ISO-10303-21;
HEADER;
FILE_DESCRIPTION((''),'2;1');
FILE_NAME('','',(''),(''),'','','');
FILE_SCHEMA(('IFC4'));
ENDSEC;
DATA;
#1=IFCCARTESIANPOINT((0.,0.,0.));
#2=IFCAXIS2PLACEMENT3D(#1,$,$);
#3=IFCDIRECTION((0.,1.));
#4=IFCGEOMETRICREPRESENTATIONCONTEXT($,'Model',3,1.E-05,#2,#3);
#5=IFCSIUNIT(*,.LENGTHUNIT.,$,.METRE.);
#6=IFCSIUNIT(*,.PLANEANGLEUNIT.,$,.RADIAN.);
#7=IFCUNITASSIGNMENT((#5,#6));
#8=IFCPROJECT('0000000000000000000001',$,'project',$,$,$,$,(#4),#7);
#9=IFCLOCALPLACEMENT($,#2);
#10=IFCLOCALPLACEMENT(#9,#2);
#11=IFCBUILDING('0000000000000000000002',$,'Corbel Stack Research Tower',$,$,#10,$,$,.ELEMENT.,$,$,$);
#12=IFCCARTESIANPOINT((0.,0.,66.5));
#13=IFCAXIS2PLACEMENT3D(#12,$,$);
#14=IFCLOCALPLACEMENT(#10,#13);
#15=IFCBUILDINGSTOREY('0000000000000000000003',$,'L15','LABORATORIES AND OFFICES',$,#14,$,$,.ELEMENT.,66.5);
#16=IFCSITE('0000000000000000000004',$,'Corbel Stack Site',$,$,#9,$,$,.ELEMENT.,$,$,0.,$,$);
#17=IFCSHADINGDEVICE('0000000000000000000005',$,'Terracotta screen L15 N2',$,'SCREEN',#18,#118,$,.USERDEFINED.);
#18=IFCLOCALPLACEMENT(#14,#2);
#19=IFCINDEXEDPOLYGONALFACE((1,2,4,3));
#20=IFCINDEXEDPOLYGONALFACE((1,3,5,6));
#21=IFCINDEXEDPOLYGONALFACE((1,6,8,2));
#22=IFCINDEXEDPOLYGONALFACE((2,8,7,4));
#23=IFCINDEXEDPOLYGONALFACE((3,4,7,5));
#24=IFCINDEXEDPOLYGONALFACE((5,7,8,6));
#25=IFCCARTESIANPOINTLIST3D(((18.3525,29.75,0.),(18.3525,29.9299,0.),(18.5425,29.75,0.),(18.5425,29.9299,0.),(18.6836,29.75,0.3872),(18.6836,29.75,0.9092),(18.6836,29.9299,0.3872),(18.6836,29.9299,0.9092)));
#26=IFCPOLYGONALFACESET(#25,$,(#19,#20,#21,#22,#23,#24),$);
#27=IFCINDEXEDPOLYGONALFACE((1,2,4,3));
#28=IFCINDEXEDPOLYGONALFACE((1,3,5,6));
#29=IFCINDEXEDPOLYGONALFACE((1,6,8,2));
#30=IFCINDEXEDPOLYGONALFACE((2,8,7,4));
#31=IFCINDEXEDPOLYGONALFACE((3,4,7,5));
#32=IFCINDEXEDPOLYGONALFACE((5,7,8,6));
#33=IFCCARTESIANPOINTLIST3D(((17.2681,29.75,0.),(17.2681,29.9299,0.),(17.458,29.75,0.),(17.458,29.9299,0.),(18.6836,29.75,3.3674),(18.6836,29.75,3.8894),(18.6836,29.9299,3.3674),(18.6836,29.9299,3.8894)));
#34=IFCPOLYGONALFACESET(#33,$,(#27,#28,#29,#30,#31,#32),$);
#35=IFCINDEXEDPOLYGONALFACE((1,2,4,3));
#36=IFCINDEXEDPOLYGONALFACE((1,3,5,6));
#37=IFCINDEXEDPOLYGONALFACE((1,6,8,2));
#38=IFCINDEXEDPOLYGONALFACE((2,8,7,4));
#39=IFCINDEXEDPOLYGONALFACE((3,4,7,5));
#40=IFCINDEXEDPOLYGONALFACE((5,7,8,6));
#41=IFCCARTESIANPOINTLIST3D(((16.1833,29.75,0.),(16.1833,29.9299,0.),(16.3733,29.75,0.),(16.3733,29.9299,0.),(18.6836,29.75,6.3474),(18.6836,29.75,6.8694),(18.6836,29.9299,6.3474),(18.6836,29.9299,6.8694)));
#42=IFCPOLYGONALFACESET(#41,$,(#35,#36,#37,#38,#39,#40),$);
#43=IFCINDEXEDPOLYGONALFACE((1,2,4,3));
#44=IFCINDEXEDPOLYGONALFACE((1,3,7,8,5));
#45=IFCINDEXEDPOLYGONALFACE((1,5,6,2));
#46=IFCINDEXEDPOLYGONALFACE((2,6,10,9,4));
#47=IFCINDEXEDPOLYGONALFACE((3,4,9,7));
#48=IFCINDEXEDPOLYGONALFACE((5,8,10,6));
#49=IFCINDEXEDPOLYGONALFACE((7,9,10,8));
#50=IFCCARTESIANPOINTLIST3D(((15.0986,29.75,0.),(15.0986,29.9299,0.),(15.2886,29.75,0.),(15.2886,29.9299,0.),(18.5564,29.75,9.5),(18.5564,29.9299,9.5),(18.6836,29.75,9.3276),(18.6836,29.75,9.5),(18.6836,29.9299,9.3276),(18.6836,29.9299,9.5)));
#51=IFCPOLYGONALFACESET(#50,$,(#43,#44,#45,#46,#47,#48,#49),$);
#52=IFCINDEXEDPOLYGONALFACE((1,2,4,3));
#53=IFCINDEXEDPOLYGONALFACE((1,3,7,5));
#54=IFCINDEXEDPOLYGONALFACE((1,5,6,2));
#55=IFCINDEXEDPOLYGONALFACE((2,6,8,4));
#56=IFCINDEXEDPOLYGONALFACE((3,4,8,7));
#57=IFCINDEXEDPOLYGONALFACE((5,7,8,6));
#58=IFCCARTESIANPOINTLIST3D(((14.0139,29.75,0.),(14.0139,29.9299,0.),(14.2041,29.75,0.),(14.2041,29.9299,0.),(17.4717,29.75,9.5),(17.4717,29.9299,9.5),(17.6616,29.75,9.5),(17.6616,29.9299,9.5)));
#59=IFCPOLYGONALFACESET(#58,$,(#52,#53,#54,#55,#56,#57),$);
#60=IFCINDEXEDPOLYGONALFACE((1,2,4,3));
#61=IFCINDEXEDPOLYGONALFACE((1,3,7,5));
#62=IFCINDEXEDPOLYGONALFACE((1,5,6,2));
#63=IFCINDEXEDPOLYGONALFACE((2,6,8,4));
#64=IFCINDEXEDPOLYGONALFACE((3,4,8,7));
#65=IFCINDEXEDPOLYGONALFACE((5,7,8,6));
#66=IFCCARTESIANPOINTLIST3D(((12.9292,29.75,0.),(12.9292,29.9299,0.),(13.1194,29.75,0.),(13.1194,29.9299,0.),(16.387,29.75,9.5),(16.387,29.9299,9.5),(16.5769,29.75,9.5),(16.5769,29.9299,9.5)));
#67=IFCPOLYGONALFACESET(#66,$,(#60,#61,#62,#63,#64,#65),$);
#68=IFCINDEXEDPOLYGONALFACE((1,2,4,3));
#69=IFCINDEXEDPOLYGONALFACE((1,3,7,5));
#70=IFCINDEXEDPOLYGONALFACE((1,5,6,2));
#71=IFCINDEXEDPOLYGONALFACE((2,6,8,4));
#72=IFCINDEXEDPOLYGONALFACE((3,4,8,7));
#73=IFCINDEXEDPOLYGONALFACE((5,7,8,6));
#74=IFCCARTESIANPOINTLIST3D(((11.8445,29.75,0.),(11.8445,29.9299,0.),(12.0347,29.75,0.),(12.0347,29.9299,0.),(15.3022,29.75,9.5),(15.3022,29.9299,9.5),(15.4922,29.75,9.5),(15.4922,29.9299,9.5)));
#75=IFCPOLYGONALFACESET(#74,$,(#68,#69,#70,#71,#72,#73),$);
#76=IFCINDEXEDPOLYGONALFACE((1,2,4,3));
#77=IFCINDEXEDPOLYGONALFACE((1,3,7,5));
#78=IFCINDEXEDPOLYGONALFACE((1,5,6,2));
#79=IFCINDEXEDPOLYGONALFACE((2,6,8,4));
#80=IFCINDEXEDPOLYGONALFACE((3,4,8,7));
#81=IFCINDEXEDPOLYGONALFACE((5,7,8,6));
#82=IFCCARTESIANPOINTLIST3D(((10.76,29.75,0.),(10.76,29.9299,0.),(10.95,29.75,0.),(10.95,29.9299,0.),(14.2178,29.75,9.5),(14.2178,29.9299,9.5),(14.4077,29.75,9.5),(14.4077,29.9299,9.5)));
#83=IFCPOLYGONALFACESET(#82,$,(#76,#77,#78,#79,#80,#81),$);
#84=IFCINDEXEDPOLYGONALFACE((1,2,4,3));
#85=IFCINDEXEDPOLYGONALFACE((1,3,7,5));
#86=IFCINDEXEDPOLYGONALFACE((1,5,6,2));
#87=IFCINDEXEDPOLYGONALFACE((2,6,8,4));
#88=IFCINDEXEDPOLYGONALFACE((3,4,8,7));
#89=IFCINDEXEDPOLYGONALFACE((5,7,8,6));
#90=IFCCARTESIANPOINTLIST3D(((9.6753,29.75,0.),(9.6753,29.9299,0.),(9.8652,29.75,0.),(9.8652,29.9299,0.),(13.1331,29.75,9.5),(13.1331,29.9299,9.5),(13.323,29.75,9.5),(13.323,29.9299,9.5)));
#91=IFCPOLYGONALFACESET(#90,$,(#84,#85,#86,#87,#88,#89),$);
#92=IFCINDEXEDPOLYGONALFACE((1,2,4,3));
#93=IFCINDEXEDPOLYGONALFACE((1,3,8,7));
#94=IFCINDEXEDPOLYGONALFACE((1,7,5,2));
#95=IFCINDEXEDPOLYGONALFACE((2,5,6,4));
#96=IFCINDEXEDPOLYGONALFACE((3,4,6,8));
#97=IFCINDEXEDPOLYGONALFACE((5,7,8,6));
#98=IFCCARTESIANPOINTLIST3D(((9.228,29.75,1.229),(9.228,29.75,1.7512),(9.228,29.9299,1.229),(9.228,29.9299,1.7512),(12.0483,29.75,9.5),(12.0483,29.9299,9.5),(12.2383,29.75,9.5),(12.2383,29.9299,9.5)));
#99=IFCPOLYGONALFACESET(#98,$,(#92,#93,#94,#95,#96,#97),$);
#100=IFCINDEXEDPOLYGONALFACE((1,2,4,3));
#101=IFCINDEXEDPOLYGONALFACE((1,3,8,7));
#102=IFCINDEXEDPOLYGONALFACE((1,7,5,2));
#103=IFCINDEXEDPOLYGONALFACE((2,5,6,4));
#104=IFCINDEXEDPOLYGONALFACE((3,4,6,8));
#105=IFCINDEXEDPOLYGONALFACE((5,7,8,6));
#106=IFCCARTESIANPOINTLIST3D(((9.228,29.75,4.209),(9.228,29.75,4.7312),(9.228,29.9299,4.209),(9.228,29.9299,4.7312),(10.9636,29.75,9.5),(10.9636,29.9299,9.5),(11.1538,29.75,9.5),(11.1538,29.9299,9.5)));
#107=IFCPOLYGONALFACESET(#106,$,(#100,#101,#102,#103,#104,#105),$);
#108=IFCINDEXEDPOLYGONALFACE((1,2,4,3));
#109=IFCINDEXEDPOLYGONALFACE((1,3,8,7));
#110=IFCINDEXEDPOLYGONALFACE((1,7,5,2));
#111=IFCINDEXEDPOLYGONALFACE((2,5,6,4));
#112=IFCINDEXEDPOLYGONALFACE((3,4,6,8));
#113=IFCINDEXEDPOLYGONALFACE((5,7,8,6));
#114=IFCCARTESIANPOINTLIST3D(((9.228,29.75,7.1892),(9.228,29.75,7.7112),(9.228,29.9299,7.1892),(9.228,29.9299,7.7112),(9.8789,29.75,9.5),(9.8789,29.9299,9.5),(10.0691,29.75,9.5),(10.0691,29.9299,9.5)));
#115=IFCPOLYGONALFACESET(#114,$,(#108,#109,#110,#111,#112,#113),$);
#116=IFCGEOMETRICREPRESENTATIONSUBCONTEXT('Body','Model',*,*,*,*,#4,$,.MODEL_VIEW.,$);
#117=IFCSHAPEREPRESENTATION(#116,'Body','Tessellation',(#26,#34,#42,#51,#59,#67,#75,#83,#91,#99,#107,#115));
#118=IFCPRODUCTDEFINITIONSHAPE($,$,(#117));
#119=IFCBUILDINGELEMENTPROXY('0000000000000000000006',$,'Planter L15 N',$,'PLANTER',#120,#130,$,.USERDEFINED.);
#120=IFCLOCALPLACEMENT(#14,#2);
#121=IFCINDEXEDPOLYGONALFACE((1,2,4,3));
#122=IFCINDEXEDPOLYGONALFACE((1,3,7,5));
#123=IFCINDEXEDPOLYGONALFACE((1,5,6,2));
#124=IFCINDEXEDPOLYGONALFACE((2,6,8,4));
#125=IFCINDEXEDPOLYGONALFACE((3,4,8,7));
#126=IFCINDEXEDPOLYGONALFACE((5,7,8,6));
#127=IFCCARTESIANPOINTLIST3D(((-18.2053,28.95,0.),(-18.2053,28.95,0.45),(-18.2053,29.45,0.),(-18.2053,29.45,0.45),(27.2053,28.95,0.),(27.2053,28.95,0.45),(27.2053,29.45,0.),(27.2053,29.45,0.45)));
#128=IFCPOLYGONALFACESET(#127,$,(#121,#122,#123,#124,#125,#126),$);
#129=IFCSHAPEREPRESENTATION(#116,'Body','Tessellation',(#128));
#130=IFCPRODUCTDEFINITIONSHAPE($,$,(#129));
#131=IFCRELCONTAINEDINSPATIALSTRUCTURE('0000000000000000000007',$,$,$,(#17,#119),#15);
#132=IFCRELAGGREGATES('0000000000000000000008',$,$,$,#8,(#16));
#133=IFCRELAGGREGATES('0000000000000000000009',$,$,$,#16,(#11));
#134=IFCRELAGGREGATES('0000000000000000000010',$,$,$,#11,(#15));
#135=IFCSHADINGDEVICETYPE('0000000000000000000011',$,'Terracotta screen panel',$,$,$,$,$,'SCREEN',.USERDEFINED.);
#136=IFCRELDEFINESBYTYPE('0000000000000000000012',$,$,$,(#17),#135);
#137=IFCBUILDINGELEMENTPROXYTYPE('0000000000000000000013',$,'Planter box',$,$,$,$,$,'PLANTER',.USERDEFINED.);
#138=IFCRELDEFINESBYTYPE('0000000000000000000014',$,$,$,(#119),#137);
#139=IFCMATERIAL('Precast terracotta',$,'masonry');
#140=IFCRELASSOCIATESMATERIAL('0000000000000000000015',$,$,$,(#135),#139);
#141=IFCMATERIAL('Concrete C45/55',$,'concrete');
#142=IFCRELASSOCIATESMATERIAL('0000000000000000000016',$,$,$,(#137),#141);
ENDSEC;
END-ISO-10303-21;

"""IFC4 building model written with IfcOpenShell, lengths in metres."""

from ifc_helpers import new_model, si_unit, direction, frame, origin, origin_2d, place, context, subcontext, project, spatial, polyline, rectangle, outline, extrude, source, transform, mapped, material, type_object, element, save


model = new_model("IFC4")

# Units and contexts
model_context = context("Model", 3, precision=1e-05, world=origin(), true_north=direction((0.0, 1.0)))
body_context = subcontext(model_context, "Body", "Model", "MODEL_VIEW")
ifc_project = project(units=[si_unit("LENGTHUNIT", "METRE"), si_unit("PLANEANGLEUNIT", "RADIAN")], contexts=[model_context])

# Site, building, storey
site_placement = place(None, origin())
site = spatial("IfcSite", under=ifc_project, at=site_placement, Name="Corbel Stack Site", CompositionType="ELEMENT", RefElevation=0.0)
building_placement = place(site_placement, origin())
building = spatial("IfcBuilding", under=site, at=building_placement, Name="Corbel Stack Research Tower", CompositionType="ELEMENT")
storey_placement = place(building_placement, frame((0.0, 0.0, 66.5)))
storey = spatial("IfcBuildingStorey", under=building, at=storey_placement, Name="L15", Description="LABORATORIES AND OFFICES", CompositionType="ELEMENT", Elevation=66.5)

# Shading device
ifc_material_1 = material(Name="Precast terracotta", Category="masonry")
shading_device_type = type_object("IfcShadingDeviceType", Name="Terracotta screen panel", ElementType="SCREEN", PredefinedType="USERDEFINED", material=ifc_material_1)
shared_shape_1 = source(origin(), body_context, "Body", "SweptSolid", [
    extrude(outline(polyline([(0.3311, 0.0), (0.0, 0.9092), (0.0, 0.3872), (0.1411, 0.0), (0.3311, 0.0)])), frame((0.0, 0.0, 0.0), z_axis=(0.0, -1.0, 0.0), x_axis=(1.0, 0.0, 0.0)), (0.0, 0.0, 1.0), 0.1799),
    extrude(outline(polyline([(1.4155, 0.0), (0.0, 3.8894), (0.0, 3.3674), (1.2256, 0.0), (1.4155, 0.0)])), frame((0.0, 0.0, 0.0), z_axis=(0.0, -1.0, 0.0), x_axis=(1.0, 0.0, 0.0)), (0.0, 0.0, 1.0), 0.1799),
    extrude(outline(polyline([(2.5002, 0.0), (0.0, 6.8694), (0.0, 6.3474), (2.3103, 0.0), (2.5002, 0.0)])), frame((0.0, 0.0, 0.0), z_axis=(0.0, -1.0, 0.0), x_axis=(1.0, 0.0, 0.0)), (0.0, 0.0, 1.0), 0.1799),
    extrude(outline(polyline([(3.585, 0.0), (0.1272, 9.5), (0.0, 9.5), (0.0, 9.3276), (3.395, 0.0), (3.585, 0.0)])), frame((0.0, 0.0, 0.0), z_axis=(0.0, -1.0, 0.0), x_axis=(1.0, 0.0, 0.0)), (0.0, 0.0, 1.0), 0.1799),
    extrude(outline(polyline([(4.6697, 0.0), (1.2119, 9.5), (1.022, 9.5), (4.4795, 0.0), (4.6697, 0.0)])), frame((0.0, 0.0, 0.0), z_axis=(0.0, -1.0, 0.0), x_axis=(1.0, 0.0, 0.0)), (0.0, 0.0, 1.0), 0.1799),
    extrude(outline(polyline([(5.7544, 0.0), (2.2966, 9.5), (2.1067, 9.5), (5.5642, 0.0), (5.7544, 0.0)])), frame((0.0, 0.0, 0.0), z_axis=(0.0, -1.0, 0.0), x_axis=(1.0, 0.0, 0.0)), (0.0, 0.0, 1.0), 0.1799),
    extrude(outline(polyline([(6.8391, 0.0), (3.3813, 9.5), (3.1914, 9.5), (6.6489, 0.0), (6.8391, 0.0)])), frame((0.0, 0.0, 0.0), z_axis=(0.0, -1.0, 0.0), x_axis=(1.0, 0.0, 0.0)), (0.0, 0.0, 1.0), 0.1799),
    extrude(outline(polyline([(7.9236, 0.0), (4.4658, 9.5), (4.2759, 9.5), (7.7336, 0.0), (7.9236, 0.0)])), frame((0.0, 0.0, 0.0), z_axis=(0.0, -1.0, 0.0), x_axis=(1.0, 0.0, 0.0)), (0.0, 0.0, 1.0), 0.1799),
    extrude(outline(polyline([(9.0083, 0.0), (5.5505, 9.5), (5.3606, 9.5), (8.8184, 0.0), (9.0083, 0.0)])), frame((0.0, 0.0, 0.0), z_axis=(0.0, -1.0, 0.0), x_axis=(1.0, 0.0, 0.0)), (0.0, 0.0, 1.0), 0.1799),
    extrude(outline(polyline([(6.6353, 9.5), (6.4453, 9.5), (9.4556, 1.229), (9.4556, 1.7512), (6.6353, 9.5)])), frame((0.0, 0.0, 0.0), z_axis=(0.0, -1.0, 0.0), x_axis=(1.0, 0.0, 0.0)), (0.0, 0.0, 1.0), 0.1799),
    extrude(outline(polyline([(7.72, 9.5), (7.5298, 9.5), (9.4556, 4.209), (9.4556, 4.7312), (7.72, 9.5)])), frame((0.0, 0.0, 0.0), z_axis=(0.0, -1.0, 0.0), x_axis=(1.0, 0.0, 0.0)), (0.0, 0.0, 1.0), 0.1799),
    extrude(outline(polyline([(8.8047, 9.5), (8.6145, 9.5), (9.4556, 7.1892), (9.4556, 7.7112), (8.8047, 9.5)])), frame((0.0, 0.0, 0.0), z_axis=(0.0, -1.0, 0.0), x_axis=(1.0, 0.0, 0.0)), (0.0, 0.0, 1.0), 0.1799),
])
shading_device_1_placement = place(storey_placement, frame((18.6836, 29.75, 0.0), z_axis=(0.0, 0.0, 1.0), x_axis=(-1.0, 0.0, 0.0)))
element("IfcShadingDevice", 1, at=shading_device_1_placement, inside=storey, type_object=shading_device_type, Name="Terracotta screen L15 N2", ObjectType="SCREEN", PredefinedType="USERDEFINED", context=body_context, shape_type="MappedRepresentation", body=[
    mapped(shared_shape_1, transform((0.0, 0.0, 0.0))),
])

# Building element proxy
ifc_material_2 = material(Name="Concrete C45/55", Category="concrete")
building_element_proxy_type = type_object("IfcBuildingElementProxyType", Name="Planter box", ElementType="PLANTER", PredefinedType="USERDEFINED", material=ifc_material_2)
proxy_placement = place(storey_placement, frame((4.5, 29.2, 0.0), z_axis=(0.0, 0.0, 1.0), x_axis=(-1.0, 0.0, 0.0)))
element("IfcBuildingElementProxy", 2, at=proxy_placement, inside=storey, type_object=building_element_proxy_type, Name="Planter L15 N", ObjectType="PLANTER", PredefinedType="USERDEFINED", context=body_context, shape_type="SweptSolid", body=[
    extrude(rectangle(XDim=45.4106, YDim=0.5, at=origin_2d()), origin(), (0.0, 0.0, 1.0), 0.45),
])

save(model, "model.ifc")
